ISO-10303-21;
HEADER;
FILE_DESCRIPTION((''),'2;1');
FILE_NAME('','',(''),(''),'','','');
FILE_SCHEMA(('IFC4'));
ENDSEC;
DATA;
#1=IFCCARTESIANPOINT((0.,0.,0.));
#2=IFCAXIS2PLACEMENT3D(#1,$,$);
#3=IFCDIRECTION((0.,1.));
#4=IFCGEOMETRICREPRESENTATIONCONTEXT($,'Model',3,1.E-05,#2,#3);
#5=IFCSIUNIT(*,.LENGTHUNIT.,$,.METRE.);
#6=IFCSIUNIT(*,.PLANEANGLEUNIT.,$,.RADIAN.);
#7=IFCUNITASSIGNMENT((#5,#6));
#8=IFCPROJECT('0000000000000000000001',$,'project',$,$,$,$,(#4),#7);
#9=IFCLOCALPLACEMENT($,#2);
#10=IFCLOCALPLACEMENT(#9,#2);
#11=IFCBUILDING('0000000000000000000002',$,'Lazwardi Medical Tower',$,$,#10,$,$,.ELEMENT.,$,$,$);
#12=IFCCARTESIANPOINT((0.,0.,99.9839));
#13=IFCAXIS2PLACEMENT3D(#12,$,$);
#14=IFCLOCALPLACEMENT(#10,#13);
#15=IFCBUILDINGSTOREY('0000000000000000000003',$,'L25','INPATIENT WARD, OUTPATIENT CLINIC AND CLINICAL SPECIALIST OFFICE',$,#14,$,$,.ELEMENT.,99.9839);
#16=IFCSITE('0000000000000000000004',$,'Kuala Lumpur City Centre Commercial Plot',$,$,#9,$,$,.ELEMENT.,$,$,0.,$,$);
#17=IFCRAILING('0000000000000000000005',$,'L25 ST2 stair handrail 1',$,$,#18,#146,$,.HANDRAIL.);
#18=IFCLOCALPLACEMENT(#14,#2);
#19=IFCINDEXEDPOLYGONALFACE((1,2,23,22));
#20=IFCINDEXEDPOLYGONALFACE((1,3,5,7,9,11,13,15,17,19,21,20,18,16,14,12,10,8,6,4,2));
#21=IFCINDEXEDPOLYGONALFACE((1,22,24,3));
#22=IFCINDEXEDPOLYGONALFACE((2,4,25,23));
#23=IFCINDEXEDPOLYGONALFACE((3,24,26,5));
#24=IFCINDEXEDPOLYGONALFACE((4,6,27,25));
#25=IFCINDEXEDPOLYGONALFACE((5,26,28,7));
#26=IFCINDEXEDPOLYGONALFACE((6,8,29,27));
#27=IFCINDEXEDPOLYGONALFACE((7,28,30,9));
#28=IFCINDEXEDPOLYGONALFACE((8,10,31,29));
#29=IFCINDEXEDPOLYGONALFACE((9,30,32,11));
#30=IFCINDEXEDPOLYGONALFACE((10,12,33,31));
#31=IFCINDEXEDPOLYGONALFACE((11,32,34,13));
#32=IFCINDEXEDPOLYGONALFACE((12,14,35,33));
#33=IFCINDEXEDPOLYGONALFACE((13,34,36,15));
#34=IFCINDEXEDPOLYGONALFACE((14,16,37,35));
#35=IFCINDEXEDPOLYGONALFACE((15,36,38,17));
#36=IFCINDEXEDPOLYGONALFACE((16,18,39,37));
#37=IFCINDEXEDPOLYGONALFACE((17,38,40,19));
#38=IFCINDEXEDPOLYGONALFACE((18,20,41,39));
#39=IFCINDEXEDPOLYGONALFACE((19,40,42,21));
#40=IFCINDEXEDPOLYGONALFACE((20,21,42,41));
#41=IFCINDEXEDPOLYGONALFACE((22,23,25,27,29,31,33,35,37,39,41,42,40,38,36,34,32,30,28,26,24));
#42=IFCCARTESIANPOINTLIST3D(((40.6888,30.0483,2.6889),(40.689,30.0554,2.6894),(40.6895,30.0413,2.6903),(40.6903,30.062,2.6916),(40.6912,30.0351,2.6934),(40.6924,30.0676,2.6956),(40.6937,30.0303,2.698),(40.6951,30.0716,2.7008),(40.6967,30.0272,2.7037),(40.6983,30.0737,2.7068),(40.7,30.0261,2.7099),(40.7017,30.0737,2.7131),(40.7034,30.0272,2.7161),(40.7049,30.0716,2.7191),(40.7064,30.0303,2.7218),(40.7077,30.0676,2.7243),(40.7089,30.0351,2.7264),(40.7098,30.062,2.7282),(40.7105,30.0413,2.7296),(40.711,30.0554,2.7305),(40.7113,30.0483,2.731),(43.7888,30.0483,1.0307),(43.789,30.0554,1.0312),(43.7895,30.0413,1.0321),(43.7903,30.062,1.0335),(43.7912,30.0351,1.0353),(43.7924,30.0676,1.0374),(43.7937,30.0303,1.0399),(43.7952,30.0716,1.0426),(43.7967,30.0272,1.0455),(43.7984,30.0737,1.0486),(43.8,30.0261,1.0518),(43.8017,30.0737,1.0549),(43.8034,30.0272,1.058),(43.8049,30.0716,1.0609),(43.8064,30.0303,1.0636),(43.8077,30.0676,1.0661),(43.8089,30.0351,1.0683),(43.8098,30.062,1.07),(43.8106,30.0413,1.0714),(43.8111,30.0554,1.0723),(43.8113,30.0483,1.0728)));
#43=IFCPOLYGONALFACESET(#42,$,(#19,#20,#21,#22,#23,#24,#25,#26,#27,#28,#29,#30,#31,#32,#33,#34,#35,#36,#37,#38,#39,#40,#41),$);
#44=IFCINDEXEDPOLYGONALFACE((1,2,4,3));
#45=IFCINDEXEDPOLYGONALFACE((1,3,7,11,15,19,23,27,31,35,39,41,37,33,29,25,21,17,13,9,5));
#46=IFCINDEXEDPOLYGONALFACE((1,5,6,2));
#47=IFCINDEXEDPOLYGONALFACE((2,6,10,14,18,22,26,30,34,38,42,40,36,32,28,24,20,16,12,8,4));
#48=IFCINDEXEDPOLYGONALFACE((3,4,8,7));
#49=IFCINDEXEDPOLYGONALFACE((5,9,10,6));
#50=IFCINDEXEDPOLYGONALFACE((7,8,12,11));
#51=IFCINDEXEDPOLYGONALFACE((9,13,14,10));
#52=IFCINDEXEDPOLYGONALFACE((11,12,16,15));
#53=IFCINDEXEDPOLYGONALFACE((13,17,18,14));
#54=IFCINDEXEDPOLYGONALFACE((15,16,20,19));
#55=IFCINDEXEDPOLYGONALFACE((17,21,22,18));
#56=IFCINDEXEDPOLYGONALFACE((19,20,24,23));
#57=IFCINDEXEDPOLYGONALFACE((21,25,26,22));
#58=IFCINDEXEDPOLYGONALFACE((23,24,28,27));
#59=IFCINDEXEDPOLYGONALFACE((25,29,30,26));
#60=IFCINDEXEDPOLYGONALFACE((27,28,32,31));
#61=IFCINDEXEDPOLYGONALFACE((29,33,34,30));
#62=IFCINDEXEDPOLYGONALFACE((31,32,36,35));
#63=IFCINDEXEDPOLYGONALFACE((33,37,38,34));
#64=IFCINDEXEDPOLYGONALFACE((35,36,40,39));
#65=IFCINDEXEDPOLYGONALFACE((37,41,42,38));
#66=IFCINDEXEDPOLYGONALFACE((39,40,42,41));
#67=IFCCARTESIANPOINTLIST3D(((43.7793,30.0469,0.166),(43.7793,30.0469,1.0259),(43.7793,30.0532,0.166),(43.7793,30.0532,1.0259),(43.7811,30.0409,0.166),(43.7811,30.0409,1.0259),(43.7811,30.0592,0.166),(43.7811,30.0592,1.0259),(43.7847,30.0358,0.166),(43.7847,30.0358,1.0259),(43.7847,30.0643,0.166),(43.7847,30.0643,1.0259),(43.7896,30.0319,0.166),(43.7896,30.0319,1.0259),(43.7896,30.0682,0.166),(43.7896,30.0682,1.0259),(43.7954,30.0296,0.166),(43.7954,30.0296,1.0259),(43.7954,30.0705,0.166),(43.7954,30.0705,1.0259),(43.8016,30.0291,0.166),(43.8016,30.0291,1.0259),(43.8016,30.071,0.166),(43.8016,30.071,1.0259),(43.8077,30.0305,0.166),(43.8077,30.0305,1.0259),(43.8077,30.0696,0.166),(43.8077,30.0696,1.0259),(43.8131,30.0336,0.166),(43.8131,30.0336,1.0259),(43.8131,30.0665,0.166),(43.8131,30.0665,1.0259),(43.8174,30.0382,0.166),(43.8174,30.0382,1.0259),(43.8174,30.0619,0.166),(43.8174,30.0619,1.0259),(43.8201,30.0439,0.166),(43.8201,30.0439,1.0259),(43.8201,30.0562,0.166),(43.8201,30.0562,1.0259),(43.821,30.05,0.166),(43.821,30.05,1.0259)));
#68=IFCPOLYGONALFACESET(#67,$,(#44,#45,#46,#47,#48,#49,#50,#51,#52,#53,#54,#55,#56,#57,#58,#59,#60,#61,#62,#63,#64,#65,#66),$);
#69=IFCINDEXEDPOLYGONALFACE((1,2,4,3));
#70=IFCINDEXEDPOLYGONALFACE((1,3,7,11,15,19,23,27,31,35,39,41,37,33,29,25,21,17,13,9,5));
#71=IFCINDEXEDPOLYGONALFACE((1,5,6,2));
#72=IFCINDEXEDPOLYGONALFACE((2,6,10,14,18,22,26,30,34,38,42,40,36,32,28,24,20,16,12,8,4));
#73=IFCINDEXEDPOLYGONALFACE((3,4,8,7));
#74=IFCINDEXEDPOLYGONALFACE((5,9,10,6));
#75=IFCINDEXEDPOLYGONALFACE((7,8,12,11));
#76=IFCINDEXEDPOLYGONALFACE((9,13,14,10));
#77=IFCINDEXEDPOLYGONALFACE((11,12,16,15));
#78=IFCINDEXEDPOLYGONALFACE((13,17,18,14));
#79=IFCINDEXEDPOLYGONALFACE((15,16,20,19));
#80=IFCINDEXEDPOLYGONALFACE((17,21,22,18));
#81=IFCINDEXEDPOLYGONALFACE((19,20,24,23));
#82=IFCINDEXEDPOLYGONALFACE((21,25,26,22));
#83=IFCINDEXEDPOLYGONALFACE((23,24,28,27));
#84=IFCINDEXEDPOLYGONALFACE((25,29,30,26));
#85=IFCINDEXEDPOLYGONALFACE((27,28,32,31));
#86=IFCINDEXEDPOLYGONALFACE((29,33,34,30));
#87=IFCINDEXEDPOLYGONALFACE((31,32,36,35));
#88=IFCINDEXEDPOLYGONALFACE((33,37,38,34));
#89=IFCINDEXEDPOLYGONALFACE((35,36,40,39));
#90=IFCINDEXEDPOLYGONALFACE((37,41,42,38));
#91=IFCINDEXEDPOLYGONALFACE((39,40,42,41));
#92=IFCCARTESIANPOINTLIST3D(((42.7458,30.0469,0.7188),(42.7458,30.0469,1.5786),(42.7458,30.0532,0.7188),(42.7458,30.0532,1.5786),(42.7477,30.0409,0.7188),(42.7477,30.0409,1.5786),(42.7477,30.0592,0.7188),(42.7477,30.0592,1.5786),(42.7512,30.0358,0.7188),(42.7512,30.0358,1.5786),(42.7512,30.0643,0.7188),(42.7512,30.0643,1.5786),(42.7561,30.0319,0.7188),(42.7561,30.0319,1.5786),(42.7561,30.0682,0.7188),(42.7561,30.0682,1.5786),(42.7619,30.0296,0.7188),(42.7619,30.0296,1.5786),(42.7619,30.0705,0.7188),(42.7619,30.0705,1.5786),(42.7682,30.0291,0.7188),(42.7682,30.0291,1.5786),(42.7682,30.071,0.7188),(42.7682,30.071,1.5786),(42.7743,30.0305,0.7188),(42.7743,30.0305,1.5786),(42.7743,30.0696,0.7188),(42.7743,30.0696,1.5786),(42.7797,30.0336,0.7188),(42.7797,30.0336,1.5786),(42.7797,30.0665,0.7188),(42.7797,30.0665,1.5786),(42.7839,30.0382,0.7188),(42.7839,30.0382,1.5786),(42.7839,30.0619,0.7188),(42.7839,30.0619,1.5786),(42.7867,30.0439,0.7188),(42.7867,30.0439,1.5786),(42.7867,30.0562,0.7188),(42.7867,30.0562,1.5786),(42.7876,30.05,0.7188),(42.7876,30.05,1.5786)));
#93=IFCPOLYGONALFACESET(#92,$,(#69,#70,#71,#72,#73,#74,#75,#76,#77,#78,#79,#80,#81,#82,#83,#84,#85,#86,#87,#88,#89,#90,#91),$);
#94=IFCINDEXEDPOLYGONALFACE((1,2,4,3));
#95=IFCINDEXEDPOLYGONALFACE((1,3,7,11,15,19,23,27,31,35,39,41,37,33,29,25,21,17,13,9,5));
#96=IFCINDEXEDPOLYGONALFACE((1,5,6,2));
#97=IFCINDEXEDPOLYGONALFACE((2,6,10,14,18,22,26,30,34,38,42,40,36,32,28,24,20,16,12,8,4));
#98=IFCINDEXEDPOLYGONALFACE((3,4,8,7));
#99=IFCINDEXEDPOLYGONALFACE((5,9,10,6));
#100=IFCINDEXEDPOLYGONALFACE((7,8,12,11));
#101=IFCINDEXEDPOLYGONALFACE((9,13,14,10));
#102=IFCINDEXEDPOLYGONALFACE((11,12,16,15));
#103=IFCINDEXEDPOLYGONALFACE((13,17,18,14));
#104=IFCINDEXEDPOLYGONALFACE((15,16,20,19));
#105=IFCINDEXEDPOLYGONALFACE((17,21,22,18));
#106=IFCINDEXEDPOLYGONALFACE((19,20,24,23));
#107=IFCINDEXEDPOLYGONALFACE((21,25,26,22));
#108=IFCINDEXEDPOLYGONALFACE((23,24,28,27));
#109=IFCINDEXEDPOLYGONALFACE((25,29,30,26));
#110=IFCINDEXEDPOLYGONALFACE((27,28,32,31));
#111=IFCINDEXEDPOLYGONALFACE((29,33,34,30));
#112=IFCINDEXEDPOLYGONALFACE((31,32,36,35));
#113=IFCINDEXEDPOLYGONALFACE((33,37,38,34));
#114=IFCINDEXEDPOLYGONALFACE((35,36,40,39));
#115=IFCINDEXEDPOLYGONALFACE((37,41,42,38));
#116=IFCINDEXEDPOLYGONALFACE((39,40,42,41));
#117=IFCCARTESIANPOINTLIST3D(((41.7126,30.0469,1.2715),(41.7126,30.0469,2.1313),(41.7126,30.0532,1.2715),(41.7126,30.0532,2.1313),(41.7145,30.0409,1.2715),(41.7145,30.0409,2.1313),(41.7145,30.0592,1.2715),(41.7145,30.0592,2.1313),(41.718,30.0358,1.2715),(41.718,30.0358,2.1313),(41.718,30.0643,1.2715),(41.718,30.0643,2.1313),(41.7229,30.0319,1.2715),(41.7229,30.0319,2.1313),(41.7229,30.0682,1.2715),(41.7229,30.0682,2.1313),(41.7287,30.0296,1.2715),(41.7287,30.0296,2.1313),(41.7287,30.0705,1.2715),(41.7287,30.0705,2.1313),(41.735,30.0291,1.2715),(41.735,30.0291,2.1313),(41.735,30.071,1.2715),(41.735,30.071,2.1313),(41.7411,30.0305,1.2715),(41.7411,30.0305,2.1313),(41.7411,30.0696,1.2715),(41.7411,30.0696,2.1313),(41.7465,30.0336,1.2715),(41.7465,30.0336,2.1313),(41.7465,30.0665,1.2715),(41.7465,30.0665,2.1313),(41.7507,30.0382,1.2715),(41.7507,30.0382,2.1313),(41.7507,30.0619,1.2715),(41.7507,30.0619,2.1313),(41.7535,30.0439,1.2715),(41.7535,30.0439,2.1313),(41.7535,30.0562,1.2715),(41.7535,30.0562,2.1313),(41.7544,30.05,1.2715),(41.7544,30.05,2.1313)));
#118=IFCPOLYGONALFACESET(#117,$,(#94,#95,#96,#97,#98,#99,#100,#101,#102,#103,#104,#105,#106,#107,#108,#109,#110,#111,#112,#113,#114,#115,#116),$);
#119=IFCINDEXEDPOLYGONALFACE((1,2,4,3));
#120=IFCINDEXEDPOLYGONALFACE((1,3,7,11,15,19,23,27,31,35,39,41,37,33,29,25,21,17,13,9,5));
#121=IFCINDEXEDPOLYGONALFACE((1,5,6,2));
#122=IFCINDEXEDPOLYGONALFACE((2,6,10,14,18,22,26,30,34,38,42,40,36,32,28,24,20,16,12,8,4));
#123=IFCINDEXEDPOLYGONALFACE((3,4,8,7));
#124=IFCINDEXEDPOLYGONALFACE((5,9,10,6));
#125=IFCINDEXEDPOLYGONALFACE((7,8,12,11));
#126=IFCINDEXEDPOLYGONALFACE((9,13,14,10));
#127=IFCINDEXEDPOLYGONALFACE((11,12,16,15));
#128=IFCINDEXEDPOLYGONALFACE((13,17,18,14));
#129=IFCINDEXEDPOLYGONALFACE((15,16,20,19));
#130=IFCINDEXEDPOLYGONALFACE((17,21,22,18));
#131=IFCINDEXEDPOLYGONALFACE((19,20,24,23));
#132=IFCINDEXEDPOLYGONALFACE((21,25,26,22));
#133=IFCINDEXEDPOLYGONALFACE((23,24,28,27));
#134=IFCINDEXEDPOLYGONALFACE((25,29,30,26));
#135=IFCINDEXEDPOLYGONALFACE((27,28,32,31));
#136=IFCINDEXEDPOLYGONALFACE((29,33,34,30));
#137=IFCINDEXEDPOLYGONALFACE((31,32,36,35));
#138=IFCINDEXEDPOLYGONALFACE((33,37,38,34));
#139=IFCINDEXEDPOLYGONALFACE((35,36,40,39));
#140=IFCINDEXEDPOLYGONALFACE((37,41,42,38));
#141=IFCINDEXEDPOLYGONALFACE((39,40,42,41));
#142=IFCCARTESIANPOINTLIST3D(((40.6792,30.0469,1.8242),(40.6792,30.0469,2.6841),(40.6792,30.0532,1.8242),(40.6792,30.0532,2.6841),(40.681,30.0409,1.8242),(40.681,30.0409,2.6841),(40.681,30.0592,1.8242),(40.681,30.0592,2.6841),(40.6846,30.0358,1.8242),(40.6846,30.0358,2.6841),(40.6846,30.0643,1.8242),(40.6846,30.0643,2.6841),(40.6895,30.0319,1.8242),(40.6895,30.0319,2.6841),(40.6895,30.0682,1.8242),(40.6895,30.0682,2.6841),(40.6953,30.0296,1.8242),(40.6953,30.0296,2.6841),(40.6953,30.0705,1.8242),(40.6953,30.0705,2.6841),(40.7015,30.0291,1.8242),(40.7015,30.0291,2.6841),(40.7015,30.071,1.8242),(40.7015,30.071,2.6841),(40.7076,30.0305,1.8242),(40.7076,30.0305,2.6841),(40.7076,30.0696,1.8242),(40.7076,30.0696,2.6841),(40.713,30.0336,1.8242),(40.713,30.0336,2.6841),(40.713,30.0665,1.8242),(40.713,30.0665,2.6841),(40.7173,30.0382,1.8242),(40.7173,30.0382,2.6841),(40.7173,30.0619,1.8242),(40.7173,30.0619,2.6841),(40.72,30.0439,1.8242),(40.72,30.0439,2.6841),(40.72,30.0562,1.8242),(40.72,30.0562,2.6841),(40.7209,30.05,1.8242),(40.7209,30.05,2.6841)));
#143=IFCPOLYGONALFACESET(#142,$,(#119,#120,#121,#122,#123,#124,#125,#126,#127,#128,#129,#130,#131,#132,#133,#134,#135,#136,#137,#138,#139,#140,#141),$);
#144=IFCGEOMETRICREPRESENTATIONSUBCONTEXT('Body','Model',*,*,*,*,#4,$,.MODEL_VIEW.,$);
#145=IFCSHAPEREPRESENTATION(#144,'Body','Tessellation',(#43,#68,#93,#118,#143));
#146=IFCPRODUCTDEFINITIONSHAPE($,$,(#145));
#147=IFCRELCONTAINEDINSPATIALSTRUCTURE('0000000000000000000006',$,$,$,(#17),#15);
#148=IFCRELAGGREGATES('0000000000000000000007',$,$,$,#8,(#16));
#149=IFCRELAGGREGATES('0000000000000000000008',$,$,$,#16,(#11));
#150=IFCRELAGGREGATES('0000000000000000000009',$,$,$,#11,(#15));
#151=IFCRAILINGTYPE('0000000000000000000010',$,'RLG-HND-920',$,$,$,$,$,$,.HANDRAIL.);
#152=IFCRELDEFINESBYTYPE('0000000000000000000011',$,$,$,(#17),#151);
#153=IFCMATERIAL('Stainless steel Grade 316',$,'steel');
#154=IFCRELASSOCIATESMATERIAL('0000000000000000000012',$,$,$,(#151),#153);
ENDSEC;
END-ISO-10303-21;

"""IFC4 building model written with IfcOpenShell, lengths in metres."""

from ifc_helpers import new_model, si_unit, direction, frame, origin, origin_2d, place, context, subcontext, project, spatial, circle, extrude, material, type_object, element, save


model = new_model("IFC4")

# Units and contexts
model_context = context("Model", 3, precision=1e-05, world=origin(), true_north=direction((0.0, 1.0)))
body_context = subcontext(model_context, "Body", "Model", "MODEL_VIEW")
ifc_project = project(units=[si_unit("LENGTHUNIT", "METRE"), si_unit("PLANEANGLEUNIT", "RADIAN")], contexts=[model_context])

# Site, building, storey
site_placement = place(None, origin())
site = spatial("IfcSite", under=ifc_project, at=site_placement, Name="Kuala Lumpur City Centre Commercial Plot", CompositionType="ELEMENT", RefElevation=0.0)
building_placement = place(site_placement, origin())
building = spatial("IfcBuilding", under=site, at=building_placement, Name="Lazwardi Medical Tower", CompositionType="ELEMENT")
storey_placement = place(building_placement, frame((0.0, 0.0, 99.9839)))
storey = spatial("IfcBuildingStorey", under=building, at=storey_placement, Name="L25", Description="INPATIENT WARD, OUTPATIENT CLINIC AND CLINICAL SPECIALIST OFFICE", CompositionType="ELEMENT", Elevation=99.9839)

# Railing
ifc_material_1 = material(Name="Stainless steel Grade 316", Category="steel")
railing_type_1 = type_object("IfcRailingType", Name="RLG-HND-920", PredefinedType="HANDRAIL", material=ifc_material_1)
railing_1_placement = place(storey_placement, frame((43.8, 30.05, 0.166)))
element("IfcRailing", 1, at=railing_1_placement, inside=storey, type_object=railing_type_1, Name="L25 ST2 stair handrail 1", PredefinedType="HANDRAIL", context=body_context, shape_type="SweptSolid", body=[
    extrude(circle(Radius=0.0239, at=origin_2d()), frame((0.0, 0.0, 0.8857), z_axis=(-0.881783, 0.0, 0.471655), x_axis=(0.0, -1.0, 0.0)), (0.0, 0.0, 1.0), 3.5156),
    extrude(circle(Radius=0.021, at=origin_2d()), origin(), (0.0, 0.0, 1.0), 0.8599),
    extrude(circle(Radius=0.021, at=origin_2d()), frame((-1.0334, 0.0, 0.5527)), (0.0, 0.0, 1.0), 0.8599),
    extrude(circle(Radius=0.021, at=origin_2d()), frame((-2.0667, 0.0, 1.1055)), (0.0, 0.0, 1.0), 0.8599),
    extrude(circle(Radius=0.021, at=origin_2d()), frame((-3.1001, 0.0, 1.6582)), (0.0, 0.0, 1.0), 0.8599),
])

save(model, "model.ifc")
